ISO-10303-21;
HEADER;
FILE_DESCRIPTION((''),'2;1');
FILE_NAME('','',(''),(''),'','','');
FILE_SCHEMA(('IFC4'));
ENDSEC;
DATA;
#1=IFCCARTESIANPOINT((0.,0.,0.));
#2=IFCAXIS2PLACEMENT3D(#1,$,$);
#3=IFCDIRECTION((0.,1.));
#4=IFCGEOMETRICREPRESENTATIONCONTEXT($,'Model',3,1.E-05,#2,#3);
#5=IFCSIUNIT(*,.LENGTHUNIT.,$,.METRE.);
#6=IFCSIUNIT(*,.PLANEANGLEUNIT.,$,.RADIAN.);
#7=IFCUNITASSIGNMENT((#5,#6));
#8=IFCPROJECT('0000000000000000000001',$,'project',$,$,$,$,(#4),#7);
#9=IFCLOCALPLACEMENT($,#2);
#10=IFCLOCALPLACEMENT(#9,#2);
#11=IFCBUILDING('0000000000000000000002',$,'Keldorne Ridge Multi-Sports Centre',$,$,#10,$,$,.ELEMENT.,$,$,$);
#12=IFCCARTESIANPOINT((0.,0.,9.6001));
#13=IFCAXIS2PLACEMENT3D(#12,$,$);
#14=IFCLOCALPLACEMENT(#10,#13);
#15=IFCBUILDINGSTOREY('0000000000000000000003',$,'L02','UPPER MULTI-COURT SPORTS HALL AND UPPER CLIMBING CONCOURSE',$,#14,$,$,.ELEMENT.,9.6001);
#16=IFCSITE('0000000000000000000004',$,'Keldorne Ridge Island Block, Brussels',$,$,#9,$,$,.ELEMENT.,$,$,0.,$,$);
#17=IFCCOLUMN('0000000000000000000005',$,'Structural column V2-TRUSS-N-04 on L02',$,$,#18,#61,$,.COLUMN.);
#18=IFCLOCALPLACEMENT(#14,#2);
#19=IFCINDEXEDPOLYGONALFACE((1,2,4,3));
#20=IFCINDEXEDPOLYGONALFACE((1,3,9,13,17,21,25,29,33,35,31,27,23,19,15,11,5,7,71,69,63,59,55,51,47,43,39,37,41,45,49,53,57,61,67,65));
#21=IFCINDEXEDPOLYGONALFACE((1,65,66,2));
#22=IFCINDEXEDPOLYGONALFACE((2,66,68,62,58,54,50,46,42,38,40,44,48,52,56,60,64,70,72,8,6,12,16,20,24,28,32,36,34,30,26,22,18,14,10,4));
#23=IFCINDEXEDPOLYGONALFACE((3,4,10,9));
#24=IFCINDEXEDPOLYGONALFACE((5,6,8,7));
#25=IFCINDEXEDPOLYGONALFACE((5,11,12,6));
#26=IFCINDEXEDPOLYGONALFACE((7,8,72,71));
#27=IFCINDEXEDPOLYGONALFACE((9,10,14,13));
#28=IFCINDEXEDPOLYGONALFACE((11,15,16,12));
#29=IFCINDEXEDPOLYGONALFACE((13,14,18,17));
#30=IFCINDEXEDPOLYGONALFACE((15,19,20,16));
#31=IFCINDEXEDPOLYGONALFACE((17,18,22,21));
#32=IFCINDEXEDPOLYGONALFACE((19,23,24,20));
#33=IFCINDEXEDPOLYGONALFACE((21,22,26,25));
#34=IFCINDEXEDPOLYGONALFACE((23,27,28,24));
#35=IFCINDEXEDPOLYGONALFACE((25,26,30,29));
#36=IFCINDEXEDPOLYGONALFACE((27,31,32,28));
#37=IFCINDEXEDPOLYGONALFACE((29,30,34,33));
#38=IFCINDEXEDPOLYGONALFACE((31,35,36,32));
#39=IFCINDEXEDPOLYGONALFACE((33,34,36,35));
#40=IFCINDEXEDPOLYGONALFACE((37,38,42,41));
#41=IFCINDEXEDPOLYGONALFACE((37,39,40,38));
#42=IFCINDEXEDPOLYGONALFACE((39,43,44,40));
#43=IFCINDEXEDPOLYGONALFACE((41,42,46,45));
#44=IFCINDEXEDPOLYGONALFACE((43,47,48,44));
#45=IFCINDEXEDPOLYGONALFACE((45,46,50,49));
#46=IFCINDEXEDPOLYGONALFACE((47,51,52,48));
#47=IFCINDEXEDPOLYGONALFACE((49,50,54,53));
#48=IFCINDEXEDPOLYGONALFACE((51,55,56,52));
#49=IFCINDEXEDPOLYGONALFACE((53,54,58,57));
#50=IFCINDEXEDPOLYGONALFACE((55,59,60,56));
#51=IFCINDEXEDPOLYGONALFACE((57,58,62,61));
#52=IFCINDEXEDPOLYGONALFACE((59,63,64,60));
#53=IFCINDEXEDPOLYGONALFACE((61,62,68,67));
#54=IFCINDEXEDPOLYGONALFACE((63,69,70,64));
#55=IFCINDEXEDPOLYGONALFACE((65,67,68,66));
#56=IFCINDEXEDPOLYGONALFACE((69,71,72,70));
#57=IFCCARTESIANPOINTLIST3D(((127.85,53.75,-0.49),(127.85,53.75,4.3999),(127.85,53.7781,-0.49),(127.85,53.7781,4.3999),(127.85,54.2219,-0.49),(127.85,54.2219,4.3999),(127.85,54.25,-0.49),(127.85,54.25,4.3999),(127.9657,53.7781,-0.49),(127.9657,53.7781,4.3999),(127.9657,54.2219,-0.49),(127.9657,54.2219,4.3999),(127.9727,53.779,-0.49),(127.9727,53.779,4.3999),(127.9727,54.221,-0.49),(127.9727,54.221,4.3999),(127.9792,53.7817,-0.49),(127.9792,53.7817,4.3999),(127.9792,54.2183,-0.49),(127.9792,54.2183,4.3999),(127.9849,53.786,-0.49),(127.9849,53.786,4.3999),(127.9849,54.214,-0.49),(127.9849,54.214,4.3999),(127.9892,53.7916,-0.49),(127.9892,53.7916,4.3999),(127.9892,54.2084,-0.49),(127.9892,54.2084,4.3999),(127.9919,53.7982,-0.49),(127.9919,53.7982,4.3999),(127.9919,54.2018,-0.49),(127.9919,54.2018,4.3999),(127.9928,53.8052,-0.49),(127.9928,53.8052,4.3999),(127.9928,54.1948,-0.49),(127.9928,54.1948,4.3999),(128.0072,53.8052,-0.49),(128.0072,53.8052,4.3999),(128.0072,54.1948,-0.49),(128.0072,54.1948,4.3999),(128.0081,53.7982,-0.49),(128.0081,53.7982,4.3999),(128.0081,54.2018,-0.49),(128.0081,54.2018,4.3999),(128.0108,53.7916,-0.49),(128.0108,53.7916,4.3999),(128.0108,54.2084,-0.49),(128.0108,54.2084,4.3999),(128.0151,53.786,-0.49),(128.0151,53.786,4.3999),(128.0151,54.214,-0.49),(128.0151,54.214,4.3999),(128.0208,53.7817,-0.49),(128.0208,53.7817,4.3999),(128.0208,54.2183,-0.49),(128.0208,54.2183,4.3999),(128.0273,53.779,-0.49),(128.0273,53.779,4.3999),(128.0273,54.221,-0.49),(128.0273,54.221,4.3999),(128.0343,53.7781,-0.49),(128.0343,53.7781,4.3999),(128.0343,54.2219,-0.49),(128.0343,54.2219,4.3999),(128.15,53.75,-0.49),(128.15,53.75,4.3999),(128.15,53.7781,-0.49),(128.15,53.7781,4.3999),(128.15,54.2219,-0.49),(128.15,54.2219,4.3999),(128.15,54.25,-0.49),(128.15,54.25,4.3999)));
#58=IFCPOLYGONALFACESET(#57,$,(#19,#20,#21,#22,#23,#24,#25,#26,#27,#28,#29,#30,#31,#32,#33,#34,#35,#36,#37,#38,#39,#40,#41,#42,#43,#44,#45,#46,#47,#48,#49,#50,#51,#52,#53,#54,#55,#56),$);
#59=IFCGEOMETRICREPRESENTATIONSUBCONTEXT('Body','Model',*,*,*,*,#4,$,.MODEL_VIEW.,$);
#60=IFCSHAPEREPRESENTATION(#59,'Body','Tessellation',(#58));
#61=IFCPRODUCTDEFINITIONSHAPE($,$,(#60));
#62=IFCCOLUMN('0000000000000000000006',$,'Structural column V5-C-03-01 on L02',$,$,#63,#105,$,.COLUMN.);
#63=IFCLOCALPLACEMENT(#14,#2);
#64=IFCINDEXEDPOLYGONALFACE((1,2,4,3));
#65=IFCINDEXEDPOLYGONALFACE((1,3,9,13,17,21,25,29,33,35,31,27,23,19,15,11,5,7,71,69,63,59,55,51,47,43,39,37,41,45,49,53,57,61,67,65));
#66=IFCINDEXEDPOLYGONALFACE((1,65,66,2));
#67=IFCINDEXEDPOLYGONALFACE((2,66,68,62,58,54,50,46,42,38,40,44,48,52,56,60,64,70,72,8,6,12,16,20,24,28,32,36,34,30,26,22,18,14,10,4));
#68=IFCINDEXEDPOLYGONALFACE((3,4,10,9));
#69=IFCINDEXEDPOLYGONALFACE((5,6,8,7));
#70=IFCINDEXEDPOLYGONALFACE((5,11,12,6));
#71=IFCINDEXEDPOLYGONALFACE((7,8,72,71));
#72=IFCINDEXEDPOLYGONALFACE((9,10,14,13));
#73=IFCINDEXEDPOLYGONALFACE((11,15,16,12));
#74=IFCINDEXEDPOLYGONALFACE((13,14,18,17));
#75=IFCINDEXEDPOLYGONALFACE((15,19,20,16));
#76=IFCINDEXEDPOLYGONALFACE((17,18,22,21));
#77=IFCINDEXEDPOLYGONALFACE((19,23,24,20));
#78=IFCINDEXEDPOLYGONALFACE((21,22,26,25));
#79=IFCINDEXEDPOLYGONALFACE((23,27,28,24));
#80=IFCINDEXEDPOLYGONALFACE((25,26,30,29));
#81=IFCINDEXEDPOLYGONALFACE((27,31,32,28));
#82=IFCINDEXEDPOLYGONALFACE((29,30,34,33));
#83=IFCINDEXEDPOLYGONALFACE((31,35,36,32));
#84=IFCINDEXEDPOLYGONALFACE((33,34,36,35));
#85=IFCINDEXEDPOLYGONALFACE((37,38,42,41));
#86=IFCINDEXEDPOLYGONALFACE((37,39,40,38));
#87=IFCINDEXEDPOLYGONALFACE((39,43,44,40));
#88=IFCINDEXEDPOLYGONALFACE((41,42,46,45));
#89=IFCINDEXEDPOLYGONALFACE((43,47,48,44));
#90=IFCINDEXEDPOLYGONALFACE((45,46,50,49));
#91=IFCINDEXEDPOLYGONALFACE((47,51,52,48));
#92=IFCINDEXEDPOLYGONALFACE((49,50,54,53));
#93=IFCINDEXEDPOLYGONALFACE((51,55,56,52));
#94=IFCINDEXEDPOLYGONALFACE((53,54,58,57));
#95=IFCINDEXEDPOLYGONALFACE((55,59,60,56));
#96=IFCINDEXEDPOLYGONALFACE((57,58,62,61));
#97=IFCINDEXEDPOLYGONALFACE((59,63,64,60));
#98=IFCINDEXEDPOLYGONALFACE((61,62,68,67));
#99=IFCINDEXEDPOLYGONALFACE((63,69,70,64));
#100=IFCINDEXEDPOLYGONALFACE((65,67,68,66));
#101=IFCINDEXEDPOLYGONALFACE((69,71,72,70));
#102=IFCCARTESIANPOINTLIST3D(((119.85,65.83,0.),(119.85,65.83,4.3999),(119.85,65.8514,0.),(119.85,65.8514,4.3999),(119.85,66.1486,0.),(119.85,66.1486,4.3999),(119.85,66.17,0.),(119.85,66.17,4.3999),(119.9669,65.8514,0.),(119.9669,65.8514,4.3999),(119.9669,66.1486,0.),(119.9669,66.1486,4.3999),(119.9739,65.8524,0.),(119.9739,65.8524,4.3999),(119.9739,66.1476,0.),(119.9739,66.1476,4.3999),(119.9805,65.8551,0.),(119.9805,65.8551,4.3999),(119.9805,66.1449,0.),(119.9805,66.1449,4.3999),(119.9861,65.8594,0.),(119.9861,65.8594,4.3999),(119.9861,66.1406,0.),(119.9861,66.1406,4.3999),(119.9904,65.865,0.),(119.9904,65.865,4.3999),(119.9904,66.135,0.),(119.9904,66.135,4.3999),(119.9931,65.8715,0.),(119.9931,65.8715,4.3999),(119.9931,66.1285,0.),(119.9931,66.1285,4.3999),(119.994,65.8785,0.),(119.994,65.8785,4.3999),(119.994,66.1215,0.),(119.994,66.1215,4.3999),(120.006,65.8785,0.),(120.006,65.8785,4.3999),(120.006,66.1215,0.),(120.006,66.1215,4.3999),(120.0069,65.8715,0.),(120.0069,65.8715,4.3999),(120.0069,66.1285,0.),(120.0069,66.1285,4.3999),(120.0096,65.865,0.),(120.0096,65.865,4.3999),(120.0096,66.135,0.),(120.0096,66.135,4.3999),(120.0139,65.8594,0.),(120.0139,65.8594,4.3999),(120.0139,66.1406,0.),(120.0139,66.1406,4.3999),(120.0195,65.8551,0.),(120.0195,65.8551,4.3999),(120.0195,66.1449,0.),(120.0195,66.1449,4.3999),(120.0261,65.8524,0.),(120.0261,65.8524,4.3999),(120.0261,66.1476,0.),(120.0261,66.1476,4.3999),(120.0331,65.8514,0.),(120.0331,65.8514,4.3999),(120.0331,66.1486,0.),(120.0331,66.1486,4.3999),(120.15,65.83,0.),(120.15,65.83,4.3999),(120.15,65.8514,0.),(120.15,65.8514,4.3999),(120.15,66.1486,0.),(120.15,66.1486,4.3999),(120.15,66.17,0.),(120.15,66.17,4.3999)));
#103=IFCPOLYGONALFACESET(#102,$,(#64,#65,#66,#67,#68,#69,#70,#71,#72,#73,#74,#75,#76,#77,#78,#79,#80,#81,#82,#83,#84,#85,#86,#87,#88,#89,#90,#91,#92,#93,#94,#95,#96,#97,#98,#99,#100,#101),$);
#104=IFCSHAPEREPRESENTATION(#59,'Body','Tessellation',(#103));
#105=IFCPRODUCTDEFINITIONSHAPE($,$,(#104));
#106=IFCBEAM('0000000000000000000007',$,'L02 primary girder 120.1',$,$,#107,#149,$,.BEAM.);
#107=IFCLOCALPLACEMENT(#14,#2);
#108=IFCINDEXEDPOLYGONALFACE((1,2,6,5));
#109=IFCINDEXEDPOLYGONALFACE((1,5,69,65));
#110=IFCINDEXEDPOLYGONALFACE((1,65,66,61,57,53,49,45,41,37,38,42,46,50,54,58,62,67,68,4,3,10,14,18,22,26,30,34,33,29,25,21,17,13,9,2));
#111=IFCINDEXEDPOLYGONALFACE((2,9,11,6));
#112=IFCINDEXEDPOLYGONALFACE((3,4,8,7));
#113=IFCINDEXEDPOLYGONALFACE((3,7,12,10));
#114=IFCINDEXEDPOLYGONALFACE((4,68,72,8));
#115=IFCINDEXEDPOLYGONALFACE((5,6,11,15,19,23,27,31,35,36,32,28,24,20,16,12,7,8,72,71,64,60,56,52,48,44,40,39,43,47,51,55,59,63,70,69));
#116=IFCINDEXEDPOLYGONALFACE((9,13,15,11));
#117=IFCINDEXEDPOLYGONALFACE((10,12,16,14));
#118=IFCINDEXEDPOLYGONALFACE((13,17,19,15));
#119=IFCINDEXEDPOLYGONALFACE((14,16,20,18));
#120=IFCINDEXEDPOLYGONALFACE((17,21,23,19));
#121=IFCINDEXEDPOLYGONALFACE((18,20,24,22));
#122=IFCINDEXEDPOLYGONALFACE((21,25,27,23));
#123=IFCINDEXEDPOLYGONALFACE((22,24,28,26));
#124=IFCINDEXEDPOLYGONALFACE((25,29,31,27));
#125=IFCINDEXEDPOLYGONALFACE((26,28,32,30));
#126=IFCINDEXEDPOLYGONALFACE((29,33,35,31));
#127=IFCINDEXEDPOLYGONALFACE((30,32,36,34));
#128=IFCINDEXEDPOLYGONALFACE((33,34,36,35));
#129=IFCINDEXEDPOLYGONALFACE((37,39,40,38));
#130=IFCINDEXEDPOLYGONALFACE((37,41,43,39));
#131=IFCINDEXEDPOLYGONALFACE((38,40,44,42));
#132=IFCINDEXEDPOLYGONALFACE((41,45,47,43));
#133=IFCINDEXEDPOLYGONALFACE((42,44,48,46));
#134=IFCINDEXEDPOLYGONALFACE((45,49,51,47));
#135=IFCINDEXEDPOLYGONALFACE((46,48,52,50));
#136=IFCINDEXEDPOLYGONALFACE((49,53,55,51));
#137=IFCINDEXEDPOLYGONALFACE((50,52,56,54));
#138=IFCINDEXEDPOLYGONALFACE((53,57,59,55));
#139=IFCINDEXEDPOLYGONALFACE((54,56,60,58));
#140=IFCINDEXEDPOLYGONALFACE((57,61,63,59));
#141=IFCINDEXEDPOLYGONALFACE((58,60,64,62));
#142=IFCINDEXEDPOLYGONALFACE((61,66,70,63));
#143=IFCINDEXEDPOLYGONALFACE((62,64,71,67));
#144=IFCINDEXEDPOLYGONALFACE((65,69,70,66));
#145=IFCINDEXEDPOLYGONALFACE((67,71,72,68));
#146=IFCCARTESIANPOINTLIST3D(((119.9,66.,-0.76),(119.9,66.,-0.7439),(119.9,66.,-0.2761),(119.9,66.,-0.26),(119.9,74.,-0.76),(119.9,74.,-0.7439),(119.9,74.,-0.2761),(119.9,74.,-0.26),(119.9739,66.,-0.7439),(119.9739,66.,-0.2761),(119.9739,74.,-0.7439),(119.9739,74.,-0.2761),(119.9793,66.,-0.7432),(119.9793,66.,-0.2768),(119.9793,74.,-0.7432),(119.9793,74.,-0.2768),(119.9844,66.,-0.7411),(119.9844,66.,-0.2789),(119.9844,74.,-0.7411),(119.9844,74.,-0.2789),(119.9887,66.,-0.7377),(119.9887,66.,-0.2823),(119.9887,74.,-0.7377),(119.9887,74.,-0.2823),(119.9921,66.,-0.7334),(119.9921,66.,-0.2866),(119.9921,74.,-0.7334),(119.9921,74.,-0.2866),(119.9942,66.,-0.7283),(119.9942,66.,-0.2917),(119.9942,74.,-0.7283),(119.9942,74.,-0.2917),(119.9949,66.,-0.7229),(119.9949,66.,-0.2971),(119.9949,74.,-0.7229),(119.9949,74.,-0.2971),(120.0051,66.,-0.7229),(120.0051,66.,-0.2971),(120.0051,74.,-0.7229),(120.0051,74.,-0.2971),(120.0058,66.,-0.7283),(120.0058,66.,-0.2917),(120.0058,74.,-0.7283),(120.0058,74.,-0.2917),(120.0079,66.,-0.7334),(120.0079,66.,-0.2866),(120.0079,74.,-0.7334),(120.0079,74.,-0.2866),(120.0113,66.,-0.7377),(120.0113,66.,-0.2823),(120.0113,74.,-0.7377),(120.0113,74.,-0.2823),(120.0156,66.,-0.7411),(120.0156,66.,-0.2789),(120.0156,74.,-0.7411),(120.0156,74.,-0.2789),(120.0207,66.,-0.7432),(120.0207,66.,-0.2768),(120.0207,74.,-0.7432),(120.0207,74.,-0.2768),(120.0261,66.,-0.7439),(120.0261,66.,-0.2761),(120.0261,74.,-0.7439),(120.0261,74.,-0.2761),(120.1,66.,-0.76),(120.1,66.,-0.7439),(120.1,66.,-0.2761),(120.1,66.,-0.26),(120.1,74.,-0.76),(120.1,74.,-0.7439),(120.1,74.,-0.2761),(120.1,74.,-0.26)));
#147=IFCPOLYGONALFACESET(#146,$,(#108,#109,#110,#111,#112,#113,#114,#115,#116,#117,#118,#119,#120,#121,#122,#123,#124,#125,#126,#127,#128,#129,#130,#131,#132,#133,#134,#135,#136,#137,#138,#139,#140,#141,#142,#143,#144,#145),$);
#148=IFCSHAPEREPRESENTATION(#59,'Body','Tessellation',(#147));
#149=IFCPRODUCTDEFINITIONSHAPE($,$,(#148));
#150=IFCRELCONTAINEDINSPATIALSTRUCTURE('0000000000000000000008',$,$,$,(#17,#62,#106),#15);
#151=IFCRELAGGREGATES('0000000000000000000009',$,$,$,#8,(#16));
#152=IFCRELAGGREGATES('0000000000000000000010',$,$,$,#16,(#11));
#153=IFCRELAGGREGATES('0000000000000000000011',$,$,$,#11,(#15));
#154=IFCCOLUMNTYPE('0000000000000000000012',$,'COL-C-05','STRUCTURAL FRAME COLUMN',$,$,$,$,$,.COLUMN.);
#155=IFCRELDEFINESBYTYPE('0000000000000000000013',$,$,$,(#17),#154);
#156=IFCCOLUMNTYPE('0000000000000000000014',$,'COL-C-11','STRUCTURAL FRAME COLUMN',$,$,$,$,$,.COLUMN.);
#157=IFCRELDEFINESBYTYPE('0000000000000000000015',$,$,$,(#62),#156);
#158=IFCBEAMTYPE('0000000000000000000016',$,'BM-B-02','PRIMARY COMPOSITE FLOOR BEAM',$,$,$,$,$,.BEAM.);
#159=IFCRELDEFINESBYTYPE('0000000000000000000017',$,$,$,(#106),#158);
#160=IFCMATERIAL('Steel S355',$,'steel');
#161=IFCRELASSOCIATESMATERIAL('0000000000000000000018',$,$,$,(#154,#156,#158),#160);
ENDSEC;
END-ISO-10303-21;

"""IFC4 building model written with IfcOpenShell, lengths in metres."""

from ifc_helpers import new_model, si_unit, direction, frame, origin, origin_2d, place, context, subcontext, project, spatial, i_section, extrude, material, material_profile, profile_set, type_object, element, save


model = new_model("IFC4")

# Units and contexts
model_context = context("Model", 3, precision=1e-05, world=origin(), true_north=direction((0.0, 1.0)))
body_context = subcontext(model_context, "Body", "Model", "MODEL_VIEW")
ifc_project = project(units=[si_unit("LENGTHUNIT", "METRE"), si_unit("PLANEANGLEUNIT", "RADIAN")], contexts=[model_context])

# Site, building, storey
site_placement = place(None, origin())
site = spatial("IfcSite", under=ifc_project, at=site_placement, Name="Keldorne Ridge Island Block, Brussels", CompositionType="ELEMENT", RefElevation=0.0)
building_placement = place(site_placement, origin())
building = spatial("IfcBuilding", under=site, at=building_placement, Name="Keldorne Ridge Multi-Sports Centre", CompositionType="ELEMENT")
storey_placement = place(building_placement, frame((0.0, 0.0, 9.6001)))
storey = spatial("IfcBuildingStorey", under=building, at=storey_placement, Name="L02", Description="UPPER MULTI-COURT SPORTS HALL AND UPPER CLIMBING CONCOURSE", CompositionType="ELEMENT", Elevation=9.6001)

# Columns
ifc_material_1 = material(Name="Steel S355", Category="steel")
ifc_material_profile_1 = material_profile(ifc_material_1, i_section(OverallWidth=0.3, OverallDepth=0.5, WebThickness=0.0144, FlangeThickness=0.0281, FilletRadius=0.0271, at=origin_2d()), Name="HEB 500")
ifc_profile_set_1 = profile_set([ifc_material_profile_1], Name="Steel S355")
column_type_1 = type_object("IfcColumnType", Name="COL-C-05", Description="STRUCTURAL FRAME COLUMN", PredefinedType="COLUMN", material=ifc_profile_set_1)
column_1_placement = place(storey_placement, frame((128.0, 54.0, -0.49), z_axis=(0.0, 0.0, 1.0), x_axis=(1.0, 0.0, 0.0)))
element("IfcColumn", 1, at=column_1_placement, inside=storey, type_object=column_type_1, Name="Structural column V2-TRUSS-N-04 on L02", PredefinedType="COLUMN", context=body_context, shape_type="SweptSolid", body=[
    extrude(i_section(OverallWidth=0.3, OverallDepth=0.5, WebThickness=0.0144, FlangeThickness=0.0281, FilletRadius=0.0271, at=origin_2d()), origin(), (0.0, 0.0, 1.0), 4.8899),
])
ifc_material_profile_2 = material_profile(ifc_material_1, i_section(OverallWidth=0.3, OverallDepth=0.3401, WebThickness=0.012, FlangeThickness=0.0215, FilletRadius=0.0271, at=origin_2d()), Name="HEB 340")
ifc_profile_set_2 = profile_set([ifc_material_profile_2], Name="Steel S355")
column_type_2 = type_object("IfcColumnType", Name="COL-C-11", Description="STRUCTURAL FRAME COLUMN", PredefinedType="COLUMN", material=ifc_profile_set_2)
column_2_placement = place(storey_placement, frame((120.0, 66.0, 0.0), z_axis=(0.0, 0.0, 1.0), x_axis=(1.0, 0.0, 0.0)))
element("IfcColumn", 2, at=column_2_placement, inside=storey, type_object=column_type_2, Name="Structural column V5-C-03-01 on L02", PredefinedType="COLUMN", context=body_context, shape_type="SweptSolid", body=[
    extrude(i_section(OverallWidth=0.3, OverallDepth=0.3401, WebThickness=0.012, FlangeThickness=0.0215, FilletRadius=0.0271, at=origin_2d()), origin(), (0.0, 0.0, 1.0), 4.3999),
])

# Beam
ifc_material_profile_3 = material_profile(ifc_material_1, i_section(OverallWidth=0.2, OverallDepth=0.5, WebThickness=0.0103, FlangeThickness=0.0161, FilletRadius=0.021, at=origin_2d()), Name="IPE 500")
ifc_profile_set_3 = profile_set([ifc_material_profile_3], Name="Steel S355")
beam_type_1 = type_object("IfcBeamType", Name="BM-B-02", Description="PRIMARY COMPOSITE FLOOR BEAM", PredefinedType="BEAM", material=ifc_profile_set_3)
beam_1_placement = place(storey_placement, frame((120.0, 66.0, -0.51), z_axis=(0.0, 1.0, 0.0), x_axis=(-1.0, 0.0, 0.0)))
element("IfcBeam", 3, at=beam_1_placement, inside=storey, type_object=beam_type_1, Name="L02 primary girder 120.1", PredefinedType="BEAM", context=body_context, shape_type="SweptSolid", body=[
    extrude(i_section(OverallWidth=0.2, OverallDepth=0.5, WebThickness=0.0103, FlangeThickness=0.0161, FilletRadius=0.021, at=origin_2d()), origin(), (0.0, 0.0, 1.0), 8.0),
])

save(model, "model.ifc")
